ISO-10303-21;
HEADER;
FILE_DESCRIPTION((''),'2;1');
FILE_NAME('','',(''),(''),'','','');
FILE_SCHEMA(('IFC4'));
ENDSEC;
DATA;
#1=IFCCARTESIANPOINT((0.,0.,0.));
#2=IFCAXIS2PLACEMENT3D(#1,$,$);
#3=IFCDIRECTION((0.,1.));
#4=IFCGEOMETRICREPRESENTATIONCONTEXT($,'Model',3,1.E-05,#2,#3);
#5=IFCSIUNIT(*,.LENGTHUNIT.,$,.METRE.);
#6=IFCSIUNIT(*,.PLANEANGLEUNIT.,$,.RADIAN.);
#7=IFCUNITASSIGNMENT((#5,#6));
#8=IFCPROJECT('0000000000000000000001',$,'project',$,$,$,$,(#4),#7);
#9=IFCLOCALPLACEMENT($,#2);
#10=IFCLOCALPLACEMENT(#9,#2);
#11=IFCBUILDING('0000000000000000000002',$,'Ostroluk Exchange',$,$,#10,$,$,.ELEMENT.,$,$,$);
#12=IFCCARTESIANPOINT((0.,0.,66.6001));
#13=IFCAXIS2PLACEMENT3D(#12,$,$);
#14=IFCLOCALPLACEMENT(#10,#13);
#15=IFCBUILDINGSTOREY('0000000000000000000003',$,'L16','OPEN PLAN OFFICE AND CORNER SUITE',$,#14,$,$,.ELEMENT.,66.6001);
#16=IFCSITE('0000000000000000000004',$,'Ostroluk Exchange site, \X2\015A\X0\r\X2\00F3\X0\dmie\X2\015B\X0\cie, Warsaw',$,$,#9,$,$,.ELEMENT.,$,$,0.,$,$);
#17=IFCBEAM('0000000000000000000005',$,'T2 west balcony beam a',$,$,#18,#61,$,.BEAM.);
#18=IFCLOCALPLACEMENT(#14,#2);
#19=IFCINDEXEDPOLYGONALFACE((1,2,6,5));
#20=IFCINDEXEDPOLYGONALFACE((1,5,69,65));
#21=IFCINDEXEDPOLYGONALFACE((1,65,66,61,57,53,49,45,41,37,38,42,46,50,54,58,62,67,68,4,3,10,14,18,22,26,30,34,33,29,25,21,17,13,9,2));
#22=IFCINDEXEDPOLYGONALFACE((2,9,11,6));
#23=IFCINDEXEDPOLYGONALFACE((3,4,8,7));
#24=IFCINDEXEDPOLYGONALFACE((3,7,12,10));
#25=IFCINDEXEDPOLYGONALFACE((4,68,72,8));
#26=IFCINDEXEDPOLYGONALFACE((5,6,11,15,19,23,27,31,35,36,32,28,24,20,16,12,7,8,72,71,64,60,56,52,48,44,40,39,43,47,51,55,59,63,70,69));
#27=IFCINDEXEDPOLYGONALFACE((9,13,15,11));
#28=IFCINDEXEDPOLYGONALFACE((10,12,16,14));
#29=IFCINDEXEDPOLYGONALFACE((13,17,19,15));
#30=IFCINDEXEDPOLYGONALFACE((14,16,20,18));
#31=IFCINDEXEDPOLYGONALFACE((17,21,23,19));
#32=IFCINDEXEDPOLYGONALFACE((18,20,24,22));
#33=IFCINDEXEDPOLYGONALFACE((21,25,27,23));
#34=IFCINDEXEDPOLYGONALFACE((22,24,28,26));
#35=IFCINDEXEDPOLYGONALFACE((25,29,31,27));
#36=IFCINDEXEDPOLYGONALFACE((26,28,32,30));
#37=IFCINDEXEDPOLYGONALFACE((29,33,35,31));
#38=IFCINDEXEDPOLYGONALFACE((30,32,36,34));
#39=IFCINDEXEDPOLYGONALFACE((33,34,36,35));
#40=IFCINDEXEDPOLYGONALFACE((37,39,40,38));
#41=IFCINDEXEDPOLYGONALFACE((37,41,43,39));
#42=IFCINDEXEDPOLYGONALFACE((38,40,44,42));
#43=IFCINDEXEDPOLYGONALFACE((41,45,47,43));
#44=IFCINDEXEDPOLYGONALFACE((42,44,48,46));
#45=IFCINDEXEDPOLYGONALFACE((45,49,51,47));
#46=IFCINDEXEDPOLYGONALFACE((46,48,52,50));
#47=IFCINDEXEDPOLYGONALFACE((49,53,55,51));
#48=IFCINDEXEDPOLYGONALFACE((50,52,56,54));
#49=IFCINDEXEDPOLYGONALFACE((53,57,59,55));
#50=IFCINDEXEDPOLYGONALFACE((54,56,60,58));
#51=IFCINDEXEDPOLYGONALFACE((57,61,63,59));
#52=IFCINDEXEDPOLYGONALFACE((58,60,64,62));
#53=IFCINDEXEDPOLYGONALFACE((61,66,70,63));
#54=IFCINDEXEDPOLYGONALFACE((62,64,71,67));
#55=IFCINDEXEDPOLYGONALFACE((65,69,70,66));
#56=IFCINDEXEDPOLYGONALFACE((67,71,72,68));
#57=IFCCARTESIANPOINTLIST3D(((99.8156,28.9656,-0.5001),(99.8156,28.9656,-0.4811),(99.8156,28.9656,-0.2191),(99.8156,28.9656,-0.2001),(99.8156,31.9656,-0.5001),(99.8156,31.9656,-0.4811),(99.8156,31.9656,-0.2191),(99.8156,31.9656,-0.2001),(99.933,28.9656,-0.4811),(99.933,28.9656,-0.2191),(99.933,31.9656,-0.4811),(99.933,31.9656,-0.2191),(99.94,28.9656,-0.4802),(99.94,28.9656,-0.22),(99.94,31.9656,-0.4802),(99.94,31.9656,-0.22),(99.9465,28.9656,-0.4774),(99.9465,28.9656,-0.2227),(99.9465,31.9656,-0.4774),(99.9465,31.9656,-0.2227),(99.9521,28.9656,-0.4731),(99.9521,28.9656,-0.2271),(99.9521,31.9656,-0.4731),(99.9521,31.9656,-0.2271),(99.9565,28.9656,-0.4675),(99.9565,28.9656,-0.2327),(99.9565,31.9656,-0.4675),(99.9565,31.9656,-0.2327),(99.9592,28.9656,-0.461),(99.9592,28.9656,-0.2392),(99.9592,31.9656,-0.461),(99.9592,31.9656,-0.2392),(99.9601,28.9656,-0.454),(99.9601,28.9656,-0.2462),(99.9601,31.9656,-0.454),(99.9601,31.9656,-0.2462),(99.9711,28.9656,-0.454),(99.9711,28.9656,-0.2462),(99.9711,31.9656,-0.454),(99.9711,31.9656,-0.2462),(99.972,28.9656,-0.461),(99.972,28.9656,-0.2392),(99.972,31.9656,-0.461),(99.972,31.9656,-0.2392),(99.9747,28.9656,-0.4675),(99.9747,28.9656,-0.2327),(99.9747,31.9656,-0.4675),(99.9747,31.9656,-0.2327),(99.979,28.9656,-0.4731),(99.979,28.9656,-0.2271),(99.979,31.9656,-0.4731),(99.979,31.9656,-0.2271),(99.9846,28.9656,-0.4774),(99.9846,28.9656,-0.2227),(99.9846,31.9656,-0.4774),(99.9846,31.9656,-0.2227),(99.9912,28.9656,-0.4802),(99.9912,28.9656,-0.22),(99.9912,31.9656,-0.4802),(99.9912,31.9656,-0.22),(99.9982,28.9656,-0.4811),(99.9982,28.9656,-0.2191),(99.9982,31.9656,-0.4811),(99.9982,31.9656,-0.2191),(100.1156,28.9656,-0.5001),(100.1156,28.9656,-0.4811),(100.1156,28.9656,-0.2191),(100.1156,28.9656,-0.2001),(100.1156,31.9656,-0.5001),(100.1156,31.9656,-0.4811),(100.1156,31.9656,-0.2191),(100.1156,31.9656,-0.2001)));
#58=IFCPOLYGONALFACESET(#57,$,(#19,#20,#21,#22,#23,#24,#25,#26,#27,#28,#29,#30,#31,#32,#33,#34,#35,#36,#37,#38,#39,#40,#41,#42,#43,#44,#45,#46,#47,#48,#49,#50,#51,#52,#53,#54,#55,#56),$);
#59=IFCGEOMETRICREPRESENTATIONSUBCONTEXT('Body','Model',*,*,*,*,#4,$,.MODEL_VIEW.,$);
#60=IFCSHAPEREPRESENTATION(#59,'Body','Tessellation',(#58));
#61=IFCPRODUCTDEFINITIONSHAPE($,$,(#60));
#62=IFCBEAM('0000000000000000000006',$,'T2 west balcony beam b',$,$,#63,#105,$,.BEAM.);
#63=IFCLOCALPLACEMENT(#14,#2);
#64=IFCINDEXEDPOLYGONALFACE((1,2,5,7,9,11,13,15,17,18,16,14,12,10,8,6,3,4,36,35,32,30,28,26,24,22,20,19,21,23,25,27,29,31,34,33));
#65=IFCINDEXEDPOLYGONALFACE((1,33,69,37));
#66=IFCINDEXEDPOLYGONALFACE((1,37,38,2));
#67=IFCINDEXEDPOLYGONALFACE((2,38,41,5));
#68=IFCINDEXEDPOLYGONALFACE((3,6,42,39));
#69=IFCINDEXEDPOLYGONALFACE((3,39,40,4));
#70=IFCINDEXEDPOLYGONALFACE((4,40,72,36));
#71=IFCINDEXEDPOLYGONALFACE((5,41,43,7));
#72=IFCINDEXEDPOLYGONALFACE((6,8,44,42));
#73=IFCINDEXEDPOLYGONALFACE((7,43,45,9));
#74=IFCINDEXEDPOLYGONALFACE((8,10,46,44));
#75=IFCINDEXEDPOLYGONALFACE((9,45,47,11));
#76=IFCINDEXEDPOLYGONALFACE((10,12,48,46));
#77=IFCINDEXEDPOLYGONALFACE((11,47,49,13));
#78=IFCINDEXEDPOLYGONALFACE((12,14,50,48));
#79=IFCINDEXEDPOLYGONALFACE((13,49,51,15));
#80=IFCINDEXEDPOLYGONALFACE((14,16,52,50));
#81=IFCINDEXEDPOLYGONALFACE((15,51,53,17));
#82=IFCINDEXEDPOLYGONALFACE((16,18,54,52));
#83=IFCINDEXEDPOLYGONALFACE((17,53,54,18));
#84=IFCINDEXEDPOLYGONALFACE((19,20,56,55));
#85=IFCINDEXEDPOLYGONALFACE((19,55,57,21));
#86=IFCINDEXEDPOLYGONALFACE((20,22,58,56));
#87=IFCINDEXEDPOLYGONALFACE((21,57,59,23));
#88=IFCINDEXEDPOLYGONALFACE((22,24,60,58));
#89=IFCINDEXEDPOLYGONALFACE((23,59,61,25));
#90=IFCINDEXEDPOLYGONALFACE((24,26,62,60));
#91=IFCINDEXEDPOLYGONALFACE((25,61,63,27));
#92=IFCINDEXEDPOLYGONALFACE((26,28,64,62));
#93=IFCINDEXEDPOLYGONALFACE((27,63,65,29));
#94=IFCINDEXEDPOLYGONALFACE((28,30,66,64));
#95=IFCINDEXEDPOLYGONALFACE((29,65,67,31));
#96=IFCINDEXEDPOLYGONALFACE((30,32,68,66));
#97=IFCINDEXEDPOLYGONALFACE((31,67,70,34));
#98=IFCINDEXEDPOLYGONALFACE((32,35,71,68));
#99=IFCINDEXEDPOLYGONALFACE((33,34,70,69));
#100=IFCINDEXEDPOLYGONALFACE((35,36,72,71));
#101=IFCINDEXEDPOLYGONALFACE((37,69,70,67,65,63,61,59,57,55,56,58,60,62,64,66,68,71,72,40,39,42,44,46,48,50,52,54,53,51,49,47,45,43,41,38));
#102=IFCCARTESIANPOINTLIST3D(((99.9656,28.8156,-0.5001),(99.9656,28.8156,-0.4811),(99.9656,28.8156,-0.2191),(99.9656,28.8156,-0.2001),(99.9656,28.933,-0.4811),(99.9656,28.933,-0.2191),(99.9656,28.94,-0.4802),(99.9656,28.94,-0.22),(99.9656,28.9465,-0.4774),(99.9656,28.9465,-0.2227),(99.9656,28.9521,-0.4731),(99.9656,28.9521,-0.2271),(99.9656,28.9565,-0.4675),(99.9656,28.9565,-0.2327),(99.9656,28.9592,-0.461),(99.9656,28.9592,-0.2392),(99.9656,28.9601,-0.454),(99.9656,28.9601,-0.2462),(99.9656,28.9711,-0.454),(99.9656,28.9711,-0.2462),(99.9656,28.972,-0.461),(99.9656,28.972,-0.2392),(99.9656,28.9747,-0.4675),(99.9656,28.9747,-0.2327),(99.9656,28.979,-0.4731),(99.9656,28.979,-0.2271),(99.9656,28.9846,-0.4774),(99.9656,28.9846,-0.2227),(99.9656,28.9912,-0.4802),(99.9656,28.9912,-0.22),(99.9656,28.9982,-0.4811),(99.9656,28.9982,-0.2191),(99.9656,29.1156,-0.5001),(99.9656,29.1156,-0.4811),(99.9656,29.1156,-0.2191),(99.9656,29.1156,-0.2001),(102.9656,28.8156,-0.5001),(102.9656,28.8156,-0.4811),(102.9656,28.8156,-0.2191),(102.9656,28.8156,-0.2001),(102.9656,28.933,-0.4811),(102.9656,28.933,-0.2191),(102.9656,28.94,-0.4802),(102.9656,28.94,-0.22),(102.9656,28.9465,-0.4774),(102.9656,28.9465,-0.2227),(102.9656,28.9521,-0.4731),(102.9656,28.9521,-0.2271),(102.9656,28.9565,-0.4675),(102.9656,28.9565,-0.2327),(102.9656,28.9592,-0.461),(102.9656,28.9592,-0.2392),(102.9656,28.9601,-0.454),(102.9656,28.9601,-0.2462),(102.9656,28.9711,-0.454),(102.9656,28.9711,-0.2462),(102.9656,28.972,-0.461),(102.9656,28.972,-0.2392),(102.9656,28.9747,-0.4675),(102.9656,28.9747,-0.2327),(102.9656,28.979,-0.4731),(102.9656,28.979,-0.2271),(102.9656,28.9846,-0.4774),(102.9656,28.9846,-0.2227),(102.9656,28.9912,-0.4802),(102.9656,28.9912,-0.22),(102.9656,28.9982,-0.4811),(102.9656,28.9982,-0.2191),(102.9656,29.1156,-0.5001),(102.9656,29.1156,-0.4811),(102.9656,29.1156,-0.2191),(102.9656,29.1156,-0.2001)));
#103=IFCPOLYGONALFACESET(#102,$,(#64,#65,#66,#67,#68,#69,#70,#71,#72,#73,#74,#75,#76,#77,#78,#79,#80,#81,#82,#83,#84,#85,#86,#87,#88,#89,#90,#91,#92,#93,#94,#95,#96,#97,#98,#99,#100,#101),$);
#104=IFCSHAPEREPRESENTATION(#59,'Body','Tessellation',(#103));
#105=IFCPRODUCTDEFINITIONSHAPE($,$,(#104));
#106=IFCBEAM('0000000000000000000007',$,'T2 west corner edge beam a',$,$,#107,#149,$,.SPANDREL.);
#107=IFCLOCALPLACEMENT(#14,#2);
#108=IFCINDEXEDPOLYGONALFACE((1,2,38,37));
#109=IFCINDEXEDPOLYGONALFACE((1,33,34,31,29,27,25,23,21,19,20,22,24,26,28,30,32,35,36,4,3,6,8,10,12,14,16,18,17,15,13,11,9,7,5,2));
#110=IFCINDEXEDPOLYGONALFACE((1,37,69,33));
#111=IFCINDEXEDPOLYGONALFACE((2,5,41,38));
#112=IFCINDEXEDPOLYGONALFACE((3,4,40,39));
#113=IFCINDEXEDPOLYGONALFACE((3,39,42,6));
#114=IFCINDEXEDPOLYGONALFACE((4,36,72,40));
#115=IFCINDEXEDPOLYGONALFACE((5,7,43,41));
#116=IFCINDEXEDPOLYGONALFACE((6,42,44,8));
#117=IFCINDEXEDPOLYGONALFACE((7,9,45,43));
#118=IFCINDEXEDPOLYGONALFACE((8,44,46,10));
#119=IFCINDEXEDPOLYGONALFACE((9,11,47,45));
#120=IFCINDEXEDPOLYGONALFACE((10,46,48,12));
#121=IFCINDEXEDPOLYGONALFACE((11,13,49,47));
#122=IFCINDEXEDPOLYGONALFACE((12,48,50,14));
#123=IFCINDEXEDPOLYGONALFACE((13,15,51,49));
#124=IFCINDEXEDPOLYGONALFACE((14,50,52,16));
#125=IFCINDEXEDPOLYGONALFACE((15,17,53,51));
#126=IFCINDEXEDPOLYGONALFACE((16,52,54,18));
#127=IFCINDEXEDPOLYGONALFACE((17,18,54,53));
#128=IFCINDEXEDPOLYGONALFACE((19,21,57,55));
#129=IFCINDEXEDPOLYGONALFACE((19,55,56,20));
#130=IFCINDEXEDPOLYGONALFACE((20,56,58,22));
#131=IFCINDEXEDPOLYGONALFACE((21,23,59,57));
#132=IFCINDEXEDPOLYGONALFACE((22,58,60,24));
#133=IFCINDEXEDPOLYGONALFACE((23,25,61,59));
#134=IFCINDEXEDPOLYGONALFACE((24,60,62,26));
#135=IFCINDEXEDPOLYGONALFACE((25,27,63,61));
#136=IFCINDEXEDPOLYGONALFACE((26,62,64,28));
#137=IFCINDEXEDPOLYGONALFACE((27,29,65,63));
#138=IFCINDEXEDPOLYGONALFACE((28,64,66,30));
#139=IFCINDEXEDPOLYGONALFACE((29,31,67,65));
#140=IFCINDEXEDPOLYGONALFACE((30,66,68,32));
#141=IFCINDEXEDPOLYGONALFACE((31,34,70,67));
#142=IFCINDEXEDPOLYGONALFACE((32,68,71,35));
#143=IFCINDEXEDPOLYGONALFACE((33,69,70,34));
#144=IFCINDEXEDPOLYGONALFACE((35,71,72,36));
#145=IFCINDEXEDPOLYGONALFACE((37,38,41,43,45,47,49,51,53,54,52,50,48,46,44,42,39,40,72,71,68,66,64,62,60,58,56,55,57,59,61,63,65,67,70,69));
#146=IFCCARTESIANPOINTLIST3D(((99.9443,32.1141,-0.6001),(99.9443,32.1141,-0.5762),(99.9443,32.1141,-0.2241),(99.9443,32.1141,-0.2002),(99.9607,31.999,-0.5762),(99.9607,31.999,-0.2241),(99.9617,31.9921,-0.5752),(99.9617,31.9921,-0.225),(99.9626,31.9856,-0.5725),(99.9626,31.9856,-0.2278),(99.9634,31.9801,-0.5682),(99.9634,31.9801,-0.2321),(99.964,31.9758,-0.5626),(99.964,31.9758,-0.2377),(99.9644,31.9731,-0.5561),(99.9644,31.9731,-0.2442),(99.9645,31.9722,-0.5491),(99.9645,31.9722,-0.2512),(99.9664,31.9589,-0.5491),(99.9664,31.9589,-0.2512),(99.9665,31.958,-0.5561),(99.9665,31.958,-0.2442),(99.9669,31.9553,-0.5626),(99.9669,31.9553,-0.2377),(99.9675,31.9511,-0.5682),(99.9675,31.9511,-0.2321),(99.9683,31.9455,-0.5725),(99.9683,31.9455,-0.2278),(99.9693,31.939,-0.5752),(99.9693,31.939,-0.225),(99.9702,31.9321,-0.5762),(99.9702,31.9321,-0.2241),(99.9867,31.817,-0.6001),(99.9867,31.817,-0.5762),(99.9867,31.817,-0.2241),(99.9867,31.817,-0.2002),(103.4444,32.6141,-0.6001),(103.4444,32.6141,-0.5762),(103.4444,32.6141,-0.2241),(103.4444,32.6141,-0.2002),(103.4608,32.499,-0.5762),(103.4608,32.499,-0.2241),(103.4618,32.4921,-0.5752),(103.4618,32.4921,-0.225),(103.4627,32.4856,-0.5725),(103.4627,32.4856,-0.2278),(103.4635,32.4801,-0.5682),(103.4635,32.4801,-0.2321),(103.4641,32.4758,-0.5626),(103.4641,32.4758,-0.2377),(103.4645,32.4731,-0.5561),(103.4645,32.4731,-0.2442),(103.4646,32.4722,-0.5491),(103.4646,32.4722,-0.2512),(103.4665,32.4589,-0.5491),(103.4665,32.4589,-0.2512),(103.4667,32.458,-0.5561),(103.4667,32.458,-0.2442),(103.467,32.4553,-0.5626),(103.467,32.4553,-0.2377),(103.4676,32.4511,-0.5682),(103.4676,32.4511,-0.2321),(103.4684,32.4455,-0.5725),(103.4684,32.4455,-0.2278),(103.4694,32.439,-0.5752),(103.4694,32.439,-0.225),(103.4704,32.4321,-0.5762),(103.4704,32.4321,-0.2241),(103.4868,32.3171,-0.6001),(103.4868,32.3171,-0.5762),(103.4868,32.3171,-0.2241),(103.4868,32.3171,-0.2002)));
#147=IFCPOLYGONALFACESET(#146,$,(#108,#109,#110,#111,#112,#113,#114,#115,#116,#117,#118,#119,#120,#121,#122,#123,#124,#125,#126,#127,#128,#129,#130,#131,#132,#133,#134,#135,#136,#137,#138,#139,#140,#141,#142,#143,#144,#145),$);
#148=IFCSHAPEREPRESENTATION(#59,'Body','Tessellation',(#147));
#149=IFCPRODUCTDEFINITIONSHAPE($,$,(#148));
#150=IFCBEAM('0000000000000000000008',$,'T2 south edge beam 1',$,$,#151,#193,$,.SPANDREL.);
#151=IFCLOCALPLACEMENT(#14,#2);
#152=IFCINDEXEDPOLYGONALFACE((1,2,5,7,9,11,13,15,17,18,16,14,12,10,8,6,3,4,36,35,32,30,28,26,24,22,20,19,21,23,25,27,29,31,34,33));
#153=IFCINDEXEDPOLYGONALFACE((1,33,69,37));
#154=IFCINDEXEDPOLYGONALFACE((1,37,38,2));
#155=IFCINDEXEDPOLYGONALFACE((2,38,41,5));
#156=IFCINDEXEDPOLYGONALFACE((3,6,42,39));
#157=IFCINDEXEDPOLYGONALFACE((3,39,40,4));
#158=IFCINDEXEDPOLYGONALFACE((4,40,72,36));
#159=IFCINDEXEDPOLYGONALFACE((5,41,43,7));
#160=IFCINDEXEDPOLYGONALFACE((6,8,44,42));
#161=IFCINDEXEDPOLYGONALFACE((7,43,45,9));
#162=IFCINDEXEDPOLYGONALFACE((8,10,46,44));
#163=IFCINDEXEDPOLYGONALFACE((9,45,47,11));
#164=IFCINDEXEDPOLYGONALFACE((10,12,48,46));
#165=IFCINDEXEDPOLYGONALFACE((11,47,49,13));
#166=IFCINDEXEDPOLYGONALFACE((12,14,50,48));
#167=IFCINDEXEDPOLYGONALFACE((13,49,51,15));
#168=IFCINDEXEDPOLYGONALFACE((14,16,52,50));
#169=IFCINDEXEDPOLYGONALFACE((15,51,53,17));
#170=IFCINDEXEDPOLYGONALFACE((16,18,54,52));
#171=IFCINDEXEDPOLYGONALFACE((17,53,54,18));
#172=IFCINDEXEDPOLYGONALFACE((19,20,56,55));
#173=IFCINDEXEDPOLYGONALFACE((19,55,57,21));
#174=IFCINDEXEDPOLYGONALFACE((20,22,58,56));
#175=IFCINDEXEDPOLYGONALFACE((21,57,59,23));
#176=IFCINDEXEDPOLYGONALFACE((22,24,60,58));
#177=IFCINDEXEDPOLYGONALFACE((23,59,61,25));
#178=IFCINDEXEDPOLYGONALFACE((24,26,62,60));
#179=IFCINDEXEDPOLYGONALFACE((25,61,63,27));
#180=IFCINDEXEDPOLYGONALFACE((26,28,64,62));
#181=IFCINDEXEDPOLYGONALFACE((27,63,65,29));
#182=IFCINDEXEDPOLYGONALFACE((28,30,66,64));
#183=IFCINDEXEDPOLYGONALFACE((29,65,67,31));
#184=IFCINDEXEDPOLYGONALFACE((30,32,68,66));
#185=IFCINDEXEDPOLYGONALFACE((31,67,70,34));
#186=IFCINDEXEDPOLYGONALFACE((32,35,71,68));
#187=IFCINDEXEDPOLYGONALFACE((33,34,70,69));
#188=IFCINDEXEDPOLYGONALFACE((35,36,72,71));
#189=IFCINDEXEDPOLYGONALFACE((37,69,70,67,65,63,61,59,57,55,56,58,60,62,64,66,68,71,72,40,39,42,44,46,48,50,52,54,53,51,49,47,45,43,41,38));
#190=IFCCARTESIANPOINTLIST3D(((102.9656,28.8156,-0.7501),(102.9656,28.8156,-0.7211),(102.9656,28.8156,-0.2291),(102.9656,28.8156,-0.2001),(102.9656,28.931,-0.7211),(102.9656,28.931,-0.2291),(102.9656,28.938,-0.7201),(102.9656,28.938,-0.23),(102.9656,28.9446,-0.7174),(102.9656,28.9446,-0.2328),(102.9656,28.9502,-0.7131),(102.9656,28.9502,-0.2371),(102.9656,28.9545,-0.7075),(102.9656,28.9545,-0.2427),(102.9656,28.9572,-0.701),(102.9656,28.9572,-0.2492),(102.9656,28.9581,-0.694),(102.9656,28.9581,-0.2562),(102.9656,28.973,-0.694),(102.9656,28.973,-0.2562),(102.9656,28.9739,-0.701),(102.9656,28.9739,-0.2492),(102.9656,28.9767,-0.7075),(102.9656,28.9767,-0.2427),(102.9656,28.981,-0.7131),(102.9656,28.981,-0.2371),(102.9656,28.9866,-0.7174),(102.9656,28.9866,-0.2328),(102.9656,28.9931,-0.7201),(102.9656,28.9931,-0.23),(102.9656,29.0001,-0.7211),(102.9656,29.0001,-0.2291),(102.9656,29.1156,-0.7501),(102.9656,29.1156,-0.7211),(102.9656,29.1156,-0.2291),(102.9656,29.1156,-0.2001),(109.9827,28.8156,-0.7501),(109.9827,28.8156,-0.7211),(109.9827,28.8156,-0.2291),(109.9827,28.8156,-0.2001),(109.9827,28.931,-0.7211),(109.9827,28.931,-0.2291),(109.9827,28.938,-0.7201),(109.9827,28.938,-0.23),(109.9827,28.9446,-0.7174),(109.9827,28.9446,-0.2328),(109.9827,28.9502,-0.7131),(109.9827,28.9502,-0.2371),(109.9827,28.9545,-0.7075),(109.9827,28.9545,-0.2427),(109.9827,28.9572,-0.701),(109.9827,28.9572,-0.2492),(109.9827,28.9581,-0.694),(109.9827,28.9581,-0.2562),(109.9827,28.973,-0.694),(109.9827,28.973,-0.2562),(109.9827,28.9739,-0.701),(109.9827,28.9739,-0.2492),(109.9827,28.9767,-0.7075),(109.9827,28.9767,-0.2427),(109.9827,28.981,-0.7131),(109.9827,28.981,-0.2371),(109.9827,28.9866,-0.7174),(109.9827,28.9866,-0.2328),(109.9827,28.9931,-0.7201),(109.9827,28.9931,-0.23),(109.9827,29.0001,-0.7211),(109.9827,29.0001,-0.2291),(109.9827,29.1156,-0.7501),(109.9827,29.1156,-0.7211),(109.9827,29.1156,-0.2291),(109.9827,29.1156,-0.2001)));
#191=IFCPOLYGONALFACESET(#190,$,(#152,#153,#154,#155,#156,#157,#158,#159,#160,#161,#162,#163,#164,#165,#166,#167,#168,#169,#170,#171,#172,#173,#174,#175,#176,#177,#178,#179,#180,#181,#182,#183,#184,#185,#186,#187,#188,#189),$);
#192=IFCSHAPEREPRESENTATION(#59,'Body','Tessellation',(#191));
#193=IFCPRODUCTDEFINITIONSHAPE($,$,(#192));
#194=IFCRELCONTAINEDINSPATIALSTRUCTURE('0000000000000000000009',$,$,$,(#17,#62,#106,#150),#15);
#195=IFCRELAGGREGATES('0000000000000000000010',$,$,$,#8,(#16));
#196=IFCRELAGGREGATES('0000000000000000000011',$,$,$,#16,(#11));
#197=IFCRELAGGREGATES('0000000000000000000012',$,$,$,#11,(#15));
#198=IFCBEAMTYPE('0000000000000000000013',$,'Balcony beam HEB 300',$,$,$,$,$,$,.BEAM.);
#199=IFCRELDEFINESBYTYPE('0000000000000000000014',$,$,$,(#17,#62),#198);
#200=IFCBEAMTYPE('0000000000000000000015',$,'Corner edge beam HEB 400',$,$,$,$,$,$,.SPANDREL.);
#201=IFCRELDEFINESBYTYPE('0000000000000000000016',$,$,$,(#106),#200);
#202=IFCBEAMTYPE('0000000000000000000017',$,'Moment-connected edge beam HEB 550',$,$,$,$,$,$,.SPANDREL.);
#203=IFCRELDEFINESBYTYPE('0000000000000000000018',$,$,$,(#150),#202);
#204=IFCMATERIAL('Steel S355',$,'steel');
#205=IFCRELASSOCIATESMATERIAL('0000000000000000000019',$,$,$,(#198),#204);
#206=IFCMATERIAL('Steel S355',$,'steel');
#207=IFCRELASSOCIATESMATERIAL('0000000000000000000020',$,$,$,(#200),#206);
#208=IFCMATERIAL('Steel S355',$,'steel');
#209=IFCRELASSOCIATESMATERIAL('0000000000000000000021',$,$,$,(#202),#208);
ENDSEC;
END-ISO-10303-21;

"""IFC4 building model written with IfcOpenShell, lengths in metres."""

from ifc_helpers import new_model, si_unit, direction, frame, origin, origin_2d, place, context, subcontext, project, spatial, i_section, extrude, material, material_profile, profile_set, type_object, element, save


model = new_model("IFC4")

# Units and contexts
model_context = context("Model", 3, precision=1e-05, world=origin(), true_north=direction((0.0, 1.0)))
body_context = subcontext(model_context, "Body", "Model", "MODEL_VIEW")
ifc_project = project(units=[si_unit("LENGTHUNIT", "METRE"), si_unit("PLANEANGLEUNIT", "RADIAN")], contexts=[model_context])

# Site, building, storey
site_placement = place(None, origin())
site = spatial("IfcSite", under=ifc_project, at=site_placement, Name="Ostroluk Exchange site, Śródmieście, Warsaw", CompositionType="ELEMENT", RefElevation=0.0)
building_placement = place(site_placement, origin())
building = spatial("IfcBuilding", under=site, at=building_placement, Name="Ostroluk Exchange", CompositionType="ELEMENT")
storey_placement = place(building_placement, frame((0.0, 0.0, 66.6001)))
storey = spatial("IfcBuildingStorey", under=building, at=storey_placement, Name="L16", Description="OPEN PLAN OFFICE AND CORNER SUITE", CompositionType="ELEMENT", Elevation=66.6001)

# Beams
ifc_material_1 = material(Name="Steel S355", Category="steel")
ifc_material_profile_1 = material_profile(ifc_material_1, i_section(OverallWidth=0.3, OverallDepth=0.3, WebThickness=0.011, FlangeThickness=0.019, FilletRadius=0.0271, at=origin_2d()), Name="HEB 300")
ifc_profile_set_1 = profile_set([ifc_material_profile_1], Name="Steel S355")
beam_type_1 = type_object("IfcBeamType", Name="Balcony beam HEB 300", PredefinedType="BEAM", material=ifc_profile_set_1)
for number, where, z_axis, x_axis, name in (
    (1, (99.9656, 31.9656, -0.3501), (0.0, -1.0, 0.0), (1.0, 0.0, 0.0), "T2 west balcony beam a"),
    (2, (102.9656, 28.9656, -0.3501), (-1.0, 0.0, 0.0), (0.0, -1.0, 0.0), "T2 west balcony beam b"),
):
    element("IfcBeam", number, at=place(storey_placement, frame(where, z_axis=z_axis, x_axis=x_axis)), inside=storey, type_object=beam_type_1, Name=name, PredefinedType="BEAM", context=body_context, shape_type="SweptSolid", body=[
        extrude(i_section(OverallWidth=0.3, OverallDepth=0.3, WebThickness=0.011, FlangeThickness=0.019, FilletRadius=0.0271, at=origin_2d()), origin(), (0.0, 0.0, 1.0), 3.0),
    ])
ifc_material_2 = material(Name="Steel S355", Category="steel")
ifc_material_profile_2 = material_profile(ifc_material_2, i_section(OverallWidth=0.3, OverallDepth=0.3999, WebThickness=0.0134, FlangeThickness=0.0239, FilletRadius=0.0271, at=origin_2d()), Name="HEB 400")
ifc_profile_set_2 = profile_set([ifc_material_profile_2], Name="Steel S355")
beam_type_2 = type_object("IfcBeamType", Name="Corner edge beam HEB 400", PredefinedType="SPANDREL", material=ifc_profile_set_2)
beam_1_placement = place(storey_placement, frame((103.4656, 32.4656, -0.4001), z_axis=(-0.989949, -0.141421, 0.0), x_axis=(0.141421, -0.989949, 0.0)))
element("IfcBeam", 3, at=beam_1_placement, inside=storey, type_object=beam_type_2, Name="T2 west corner edge beam a", PredefinedType="SPANDREL", context=body_context, shape_type="SweptSolid", body=[
    extrude(i_section(OverallWidth=0.3, OverallDepth=0.3999, WebThickness=0.0134, FlangeThickness=0.0239, FilletRadius=0.0271, at=origin_2d()), origin(), (0.0, 0.0, 1.0), 3.5356),
])
ifc_material_3 = material(Name="Steel S355", Category="steel")
ifc_material_profile_3 = material_profile(ifc_material_3, i_section(OverallWidth=0.3, OverallDepth=0.55, WebThickness=0.0149, FlangeThickness=0.0291, FilletRadius=0.0271, at=origin_2d()), Name="HEB 550")
ifc_profile_set_3 = profile_set([ifc_material_profile_3], Name="Steel S355")
beam_type_3 = type_object("IfcBeamType", Name="Moment-connected edge beam HEB 550", PredefinedType="SPANDREL", material=ifc_profile_set_3)
beam_2_placement = place(storey_placement, frame((102.9656, 28.9656, -0.4751), z_axis=(1.0, 0.0, 0.0), x_axis=(0.0, 1.0, 0.0)))
element("IfcBeam", 4, at=beam_2_placement, inside=storey, type_object=beam_type_3, Name="T2 south edge beam 1", PredefinedType="SPANDREL", context=body_context, shape_type="SweptSolid", body=[
    extrude(i_section(OverallWidth=0.3, OverallDepth=0.55, WebThickness=0.0149, FlangeThickness=0.0291, FilletRadius=0.0271, at=origin_2d()), origin(), (0.0, 0.0, 1.0), 7.0171),
])

save(model, "model.ifc")
